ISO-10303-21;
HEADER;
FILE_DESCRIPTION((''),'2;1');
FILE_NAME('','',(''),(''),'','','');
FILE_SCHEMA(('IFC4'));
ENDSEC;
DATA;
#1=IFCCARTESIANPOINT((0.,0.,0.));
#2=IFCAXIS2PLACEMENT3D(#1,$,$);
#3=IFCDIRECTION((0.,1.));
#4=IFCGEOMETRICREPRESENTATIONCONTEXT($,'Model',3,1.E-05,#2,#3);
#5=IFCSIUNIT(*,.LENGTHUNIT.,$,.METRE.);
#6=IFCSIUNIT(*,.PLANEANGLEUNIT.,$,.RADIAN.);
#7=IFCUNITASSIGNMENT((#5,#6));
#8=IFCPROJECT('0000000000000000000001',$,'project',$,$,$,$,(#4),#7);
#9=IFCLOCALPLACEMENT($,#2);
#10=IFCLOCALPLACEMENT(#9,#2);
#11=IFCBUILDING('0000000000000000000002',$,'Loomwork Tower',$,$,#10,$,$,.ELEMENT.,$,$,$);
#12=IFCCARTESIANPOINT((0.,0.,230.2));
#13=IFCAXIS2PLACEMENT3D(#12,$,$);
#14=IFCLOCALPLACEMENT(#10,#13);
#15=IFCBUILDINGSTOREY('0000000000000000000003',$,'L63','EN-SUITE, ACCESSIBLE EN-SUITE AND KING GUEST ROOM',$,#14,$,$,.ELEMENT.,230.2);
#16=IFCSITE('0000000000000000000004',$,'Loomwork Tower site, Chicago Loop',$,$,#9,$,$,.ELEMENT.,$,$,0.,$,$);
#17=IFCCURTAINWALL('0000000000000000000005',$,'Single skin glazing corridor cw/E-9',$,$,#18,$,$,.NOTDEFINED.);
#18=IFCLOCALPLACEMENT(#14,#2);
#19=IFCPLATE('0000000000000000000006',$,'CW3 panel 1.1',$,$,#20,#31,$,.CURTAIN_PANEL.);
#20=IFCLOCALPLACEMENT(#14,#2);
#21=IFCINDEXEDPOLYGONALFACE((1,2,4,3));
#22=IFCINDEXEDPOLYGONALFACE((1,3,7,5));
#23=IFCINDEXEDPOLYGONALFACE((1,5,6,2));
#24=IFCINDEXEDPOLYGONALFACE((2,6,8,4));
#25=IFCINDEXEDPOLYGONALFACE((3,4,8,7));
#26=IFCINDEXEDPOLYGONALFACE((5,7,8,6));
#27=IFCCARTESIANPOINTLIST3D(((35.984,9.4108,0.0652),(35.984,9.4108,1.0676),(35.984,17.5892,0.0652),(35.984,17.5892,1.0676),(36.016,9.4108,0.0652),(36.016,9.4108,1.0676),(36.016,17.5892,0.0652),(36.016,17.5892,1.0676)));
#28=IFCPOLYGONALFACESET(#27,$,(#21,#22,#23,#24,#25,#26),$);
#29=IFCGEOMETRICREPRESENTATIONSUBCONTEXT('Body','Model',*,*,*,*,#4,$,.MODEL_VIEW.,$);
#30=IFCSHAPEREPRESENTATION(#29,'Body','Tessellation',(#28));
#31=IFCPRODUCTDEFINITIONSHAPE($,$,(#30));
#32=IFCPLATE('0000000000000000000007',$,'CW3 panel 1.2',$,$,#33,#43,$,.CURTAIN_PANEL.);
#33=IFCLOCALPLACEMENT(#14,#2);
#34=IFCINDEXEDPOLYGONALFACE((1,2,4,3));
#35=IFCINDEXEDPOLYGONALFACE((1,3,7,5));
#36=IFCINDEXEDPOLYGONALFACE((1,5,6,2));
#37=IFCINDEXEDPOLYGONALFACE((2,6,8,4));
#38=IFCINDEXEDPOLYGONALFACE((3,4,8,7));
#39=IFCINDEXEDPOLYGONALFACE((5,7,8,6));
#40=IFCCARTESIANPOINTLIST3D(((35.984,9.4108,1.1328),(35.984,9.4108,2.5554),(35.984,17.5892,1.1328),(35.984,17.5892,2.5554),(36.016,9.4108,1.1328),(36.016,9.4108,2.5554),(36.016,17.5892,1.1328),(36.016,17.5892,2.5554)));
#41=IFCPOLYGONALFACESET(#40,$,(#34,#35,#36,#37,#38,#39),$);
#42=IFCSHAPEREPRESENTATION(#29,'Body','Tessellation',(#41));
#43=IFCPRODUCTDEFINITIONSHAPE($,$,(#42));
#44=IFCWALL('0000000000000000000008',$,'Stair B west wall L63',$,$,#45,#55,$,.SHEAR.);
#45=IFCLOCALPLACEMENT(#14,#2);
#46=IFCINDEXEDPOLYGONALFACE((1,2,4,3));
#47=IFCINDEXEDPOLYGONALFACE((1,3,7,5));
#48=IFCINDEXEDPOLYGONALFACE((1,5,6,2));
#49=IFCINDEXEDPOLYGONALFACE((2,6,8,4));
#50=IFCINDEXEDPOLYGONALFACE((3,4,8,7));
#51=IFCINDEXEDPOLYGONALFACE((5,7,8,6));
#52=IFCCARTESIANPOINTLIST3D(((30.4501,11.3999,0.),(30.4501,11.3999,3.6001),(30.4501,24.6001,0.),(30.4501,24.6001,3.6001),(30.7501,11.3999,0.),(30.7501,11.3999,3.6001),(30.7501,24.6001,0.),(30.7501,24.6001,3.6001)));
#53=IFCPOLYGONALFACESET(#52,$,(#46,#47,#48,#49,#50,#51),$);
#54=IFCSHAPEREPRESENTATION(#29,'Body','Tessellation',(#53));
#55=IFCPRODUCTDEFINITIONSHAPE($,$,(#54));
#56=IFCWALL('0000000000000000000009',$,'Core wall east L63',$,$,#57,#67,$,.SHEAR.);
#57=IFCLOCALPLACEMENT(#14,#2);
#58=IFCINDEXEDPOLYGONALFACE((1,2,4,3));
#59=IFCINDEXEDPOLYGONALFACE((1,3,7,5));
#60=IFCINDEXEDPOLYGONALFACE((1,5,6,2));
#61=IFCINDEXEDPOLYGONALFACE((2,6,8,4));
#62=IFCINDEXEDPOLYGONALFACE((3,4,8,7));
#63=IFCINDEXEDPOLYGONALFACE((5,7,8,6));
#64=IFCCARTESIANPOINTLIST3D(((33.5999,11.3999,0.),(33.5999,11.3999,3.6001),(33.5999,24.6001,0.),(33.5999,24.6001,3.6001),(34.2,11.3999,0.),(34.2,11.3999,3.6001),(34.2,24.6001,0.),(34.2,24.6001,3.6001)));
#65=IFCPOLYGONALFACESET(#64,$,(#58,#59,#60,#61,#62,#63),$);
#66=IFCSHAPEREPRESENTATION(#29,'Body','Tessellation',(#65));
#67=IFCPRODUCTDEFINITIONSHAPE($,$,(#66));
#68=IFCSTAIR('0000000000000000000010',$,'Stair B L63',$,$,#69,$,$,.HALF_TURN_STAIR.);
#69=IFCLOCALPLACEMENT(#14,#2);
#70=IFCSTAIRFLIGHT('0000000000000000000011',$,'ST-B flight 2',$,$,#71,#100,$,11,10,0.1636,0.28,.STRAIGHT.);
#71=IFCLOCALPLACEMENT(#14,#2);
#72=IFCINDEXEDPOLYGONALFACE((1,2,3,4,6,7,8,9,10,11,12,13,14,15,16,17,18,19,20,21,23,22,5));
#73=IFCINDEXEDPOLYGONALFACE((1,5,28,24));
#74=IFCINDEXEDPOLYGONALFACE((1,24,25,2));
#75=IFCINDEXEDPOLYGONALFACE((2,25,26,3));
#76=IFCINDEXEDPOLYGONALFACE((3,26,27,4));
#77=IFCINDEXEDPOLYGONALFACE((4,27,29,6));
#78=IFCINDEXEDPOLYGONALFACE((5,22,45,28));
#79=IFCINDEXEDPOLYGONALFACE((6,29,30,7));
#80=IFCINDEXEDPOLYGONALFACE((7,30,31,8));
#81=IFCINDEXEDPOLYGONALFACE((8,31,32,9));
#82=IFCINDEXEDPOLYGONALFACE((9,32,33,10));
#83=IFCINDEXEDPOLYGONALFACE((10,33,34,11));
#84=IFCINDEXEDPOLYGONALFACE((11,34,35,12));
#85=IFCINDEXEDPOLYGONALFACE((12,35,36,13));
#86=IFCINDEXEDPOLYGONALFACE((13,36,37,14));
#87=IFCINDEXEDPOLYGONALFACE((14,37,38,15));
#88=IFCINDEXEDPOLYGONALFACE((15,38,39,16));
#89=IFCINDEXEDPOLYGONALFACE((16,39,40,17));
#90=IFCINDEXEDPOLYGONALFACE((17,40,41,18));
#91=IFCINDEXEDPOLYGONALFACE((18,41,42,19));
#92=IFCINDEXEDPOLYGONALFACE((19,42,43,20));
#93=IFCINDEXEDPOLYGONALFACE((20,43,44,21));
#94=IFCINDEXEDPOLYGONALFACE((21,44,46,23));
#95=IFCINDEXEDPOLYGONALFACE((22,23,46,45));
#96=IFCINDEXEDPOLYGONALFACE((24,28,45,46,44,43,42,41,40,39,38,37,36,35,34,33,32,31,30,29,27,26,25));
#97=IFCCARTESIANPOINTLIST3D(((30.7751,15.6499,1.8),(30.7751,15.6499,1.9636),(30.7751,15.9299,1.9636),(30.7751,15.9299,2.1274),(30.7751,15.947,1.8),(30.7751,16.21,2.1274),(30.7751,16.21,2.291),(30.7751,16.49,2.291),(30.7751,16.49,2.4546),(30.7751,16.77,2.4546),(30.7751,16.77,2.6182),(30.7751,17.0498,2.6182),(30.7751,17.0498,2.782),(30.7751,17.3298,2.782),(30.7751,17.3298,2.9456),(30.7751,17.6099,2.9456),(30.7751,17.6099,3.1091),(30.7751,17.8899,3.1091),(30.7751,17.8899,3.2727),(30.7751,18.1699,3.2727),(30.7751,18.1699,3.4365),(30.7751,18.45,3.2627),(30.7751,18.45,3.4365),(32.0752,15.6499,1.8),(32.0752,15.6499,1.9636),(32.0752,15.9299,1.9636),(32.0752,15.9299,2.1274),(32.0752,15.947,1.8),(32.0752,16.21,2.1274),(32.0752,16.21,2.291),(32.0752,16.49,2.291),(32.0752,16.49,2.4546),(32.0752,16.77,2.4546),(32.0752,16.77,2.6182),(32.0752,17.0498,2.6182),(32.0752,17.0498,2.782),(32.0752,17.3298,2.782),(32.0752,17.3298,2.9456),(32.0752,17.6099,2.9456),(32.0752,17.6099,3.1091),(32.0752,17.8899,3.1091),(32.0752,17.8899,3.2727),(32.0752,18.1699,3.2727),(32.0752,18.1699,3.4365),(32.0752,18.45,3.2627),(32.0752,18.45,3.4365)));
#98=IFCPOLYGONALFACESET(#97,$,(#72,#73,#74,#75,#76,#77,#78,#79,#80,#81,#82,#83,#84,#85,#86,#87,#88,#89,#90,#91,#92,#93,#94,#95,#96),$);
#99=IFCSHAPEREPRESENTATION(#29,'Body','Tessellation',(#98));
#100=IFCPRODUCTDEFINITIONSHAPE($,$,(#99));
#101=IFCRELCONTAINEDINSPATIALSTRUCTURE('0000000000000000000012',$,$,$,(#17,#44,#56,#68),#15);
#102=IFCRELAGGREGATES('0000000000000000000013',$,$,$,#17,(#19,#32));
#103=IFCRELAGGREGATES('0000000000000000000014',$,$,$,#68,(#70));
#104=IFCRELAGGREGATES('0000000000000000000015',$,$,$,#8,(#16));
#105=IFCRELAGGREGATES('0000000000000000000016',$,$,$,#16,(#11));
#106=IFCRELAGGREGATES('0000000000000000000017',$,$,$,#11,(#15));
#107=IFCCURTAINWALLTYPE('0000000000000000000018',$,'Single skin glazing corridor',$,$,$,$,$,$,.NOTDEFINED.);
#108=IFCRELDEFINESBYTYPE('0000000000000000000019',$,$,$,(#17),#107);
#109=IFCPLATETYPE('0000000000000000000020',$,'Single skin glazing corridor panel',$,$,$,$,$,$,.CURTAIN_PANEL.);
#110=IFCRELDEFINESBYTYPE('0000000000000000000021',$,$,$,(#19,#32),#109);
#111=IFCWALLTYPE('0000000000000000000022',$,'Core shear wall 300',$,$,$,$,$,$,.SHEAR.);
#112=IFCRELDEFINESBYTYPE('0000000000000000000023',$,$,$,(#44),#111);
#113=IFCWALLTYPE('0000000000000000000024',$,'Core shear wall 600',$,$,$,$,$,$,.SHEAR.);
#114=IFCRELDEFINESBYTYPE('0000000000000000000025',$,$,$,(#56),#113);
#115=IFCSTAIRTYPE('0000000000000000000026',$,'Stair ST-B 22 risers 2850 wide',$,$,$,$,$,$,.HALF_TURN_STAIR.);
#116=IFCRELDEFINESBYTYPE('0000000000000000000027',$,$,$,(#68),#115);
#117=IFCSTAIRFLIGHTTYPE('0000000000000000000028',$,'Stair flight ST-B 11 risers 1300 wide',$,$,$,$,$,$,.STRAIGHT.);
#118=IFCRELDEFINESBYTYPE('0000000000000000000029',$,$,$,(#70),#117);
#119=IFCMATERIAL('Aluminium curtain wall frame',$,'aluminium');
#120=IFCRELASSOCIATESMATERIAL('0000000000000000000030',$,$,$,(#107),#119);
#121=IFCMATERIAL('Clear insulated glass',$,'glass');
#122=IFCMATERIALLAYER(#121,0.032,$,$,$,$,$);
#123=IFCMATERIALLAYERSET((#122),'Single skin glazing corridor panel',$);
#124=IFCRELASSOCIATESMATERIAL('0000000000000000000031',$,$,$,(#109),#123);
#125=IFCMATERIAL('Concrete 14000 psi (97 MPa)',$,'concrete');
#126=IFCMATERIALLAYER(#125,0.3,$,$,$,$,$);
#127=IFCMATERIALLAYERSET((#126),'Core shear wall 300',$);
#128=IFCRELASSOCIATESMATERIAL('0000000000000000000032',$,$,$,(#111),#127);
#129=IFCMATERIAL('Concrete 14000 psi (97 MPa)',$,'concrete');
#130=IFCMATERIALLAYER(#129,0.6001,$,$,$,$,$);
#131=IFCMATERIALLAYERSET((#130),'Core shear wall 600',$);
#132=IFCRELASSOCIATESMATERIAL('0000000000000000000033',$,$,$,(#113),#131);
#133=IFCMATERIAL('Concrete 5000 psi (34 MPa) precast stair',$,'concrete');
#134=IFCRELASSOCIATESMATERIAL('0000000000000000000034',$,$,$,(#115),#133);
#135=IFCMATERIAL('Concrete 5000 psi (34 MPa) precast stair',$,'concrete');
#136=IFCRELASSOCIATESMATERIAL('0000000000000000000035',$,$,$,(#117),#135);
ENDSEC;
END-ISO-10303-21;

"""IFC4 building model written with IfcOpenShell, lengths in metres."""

from ifc_helpers import new_model, si_unit, direction, frame, frame_2d, origin, origin_2d, place, context, subcontext, project, spatial, polyline, rectangle, outline, extrude, material, layer, layer_set, type_object, element, aggregate, save


model = new_model("IFC4")

# Units and contexts
model_context = context("Model", 3, precision=1e-05, world=origin(), true_north=direction((0.0, 1.0)))
body_context = subcontext(model_context, "Body", "Model", "MODEL_VIEW")
ifc_project = project(units=[si_unit("LENGTHUNIT", "METRE"), si_unit("PLANEANGLEUNIT", "RADIAN")], contexts=[model_context])

# Site, building, storey
site_placement = place(None, origin())
site = spatial("IfcSite", under=ifc_project, at=site_placement, Name="Loomwork Tower site, Chicago Loop", CompositionType="ELEMENT", RefElevation=0.0)
building_placement = place(site_placement, origin())
building = spatial("IfcBuilding", under=site, at=building_placement, Name="Loomwork Tower", CompositionType="ELEMENT")
storey_placement = place(building_placement, frame((0.0, 0.0, 230.2)))
storey = spatial("IfcBuildingStorey", under=building, at=storey_placement, Name="L63", Description="EN-SUITE, ACCESSIBLE EN-SUITE AND KING GUEST ROOM", CompositionType="ELEMENT", Elevation=230.2)

# Curtain wall
ifc_material_1 = material(Name="Aluminium curtain wall frame", Category="aluminium")
curtain_wall_type = type_object("IfcCurtainWallType", Name="Single skin glazing corridor", PredefinedType="NOTDEFINED", material=ifc_material_1)
curtain_wall_1_placement = place(storey_placement, origin())
curtain_wall_1 = element("IfcCurtainWall", 1, at=curtain_wall_1_placement, inside=storey, type_object=curtain_wall_type, Name="Single skin glazing corridor cw/E-9", PredefinedType="NOTDEFINED")

# Plates
ifc_material_2 = material(Name="Clear insulated glass", Category="glass")
ifc_layer_1 = layer(ifc_material_2, 0.032)
ifc_layer_set_1 = layer_set([ifc_layer_1], Name="Single skin glazing corridor panel")
plate_type = type_object("IfcPlateType", Name="Single skin glazing corridor panel", PredefinedType="CURTAIN_PANEL", material=ifc_layer_set_1)
plate_1_placement = place(storey_placement, frame((36.0, 13.5, 0.0652), z_axis=(0.0, 0.0, 1.0), x_axis=(0.0, 1.0, 0.0)))
plate_1 = element("IfcPlate", 2, at=plate_1_placement, type_object=plate_type, Name="CW3 panel 1.1", PredefinedType="CURTAIN_PANEL", context=body_context, shape_type="SweptSolid", body=[
    extrude(rectangle(XDim=8.1785, YDim=0.032, at=origin_2d()), origin(), (0.0, 0.0, 1.0), 1.0024),
])
plate_2_placement = place(storey_placement, frame((36.0, 13.5, 1.1328), z_axis=(0.0, 0.0, 1.0), x_axis=(0.0, 1.0, 0.0)))
plate_2 = element("IfcPlate", 3, at=plate_2_placement, type_object=plate_type, Name="CW3 panel 1.2", PredefinedType="CURTAIN_PANEL", context=body_context, shape_type="SweptSolid", body=[
    extrude(rectangle(XDim=8.1785, YDim=0.032, at=origin_2d()), origin(), (0.0, 0.0, 1.0), 1.4226),
])
aggregate(curtain_wall_1, [plate_1, plate_2])

# Walls
ifc_material_3 = material(Name="Concrete 14000 psi (97 MPa)", Category="concrete")
ifc_layer_2 = layer(ifc_material_3, 0.3)
ifc_layer_set_2 = layer_set([ifc_layer_2], Name="Core shear wall 300")
wall_type_1 = type_object("IfcWallType", Name="Core shear wall 300", PredefinedType="SHEAR", material=ifc_layer_set_2)
wall_1_placement = place(storey_placement, frame((30.6001, 11.3999, 0.0), z_axis=(0.0, 0.0, 1.0), x_axis=(0.0, 1.0, 0.0)))
element("IfcWall", 4, at=wall_1_placement, inside=storey, type_object=wall_type_1, Name="Stair B west wall L63", PredefinedType="SHEAR", context=body_context, shape_type="SweptSolid", body=[
    extrude(rectangle(XDim=13.2002, YDim=0.3, at=frame_2d((6.6001, 0.0))), origin(), (0.0, 0.0, 1.0), 3.6001),
])
ifc_material_4 = material(Name="Concrete 14000 psi (97 MPa)", Category="concrete")
ifc_layer_3 = layer(ifc_material_4, 0.6001)
ifc_layer_set_3 = layer_set([ifc_layer_3], Name="Core shear wall 600")
wall_type_2 = type_object("IfcWallType", Name="Core shear wall 600", PredefinedType="SHEAR", material=ifc_layer_set_3)
wall_2_placement = place(storey_placement, frame((33.8999, 11.3999, 0.0), z_axis=(0.0, 0.0, 1.0), x_axis=(0.0, 1.0, 0.0)))
element("IfcWall", 5, at=wall_2_placement, inside=storey, type_object=wall_type_2, Name="Core wall east L63", PredefinedType="SHEAR", context=body_context, shape_type="SweptSolid", body=[
    extrude(rectangle(XDim=13.2002, YDim=0.6001, at=frame_2d((6.6001, 0.0))), origin(), (0.0, 0.0, 1.0), 3.6001),
])

# Stair, stair flight
ifc_material_5 = material(Name="Concrete 5000 psi (34 MPa) precast stair", Category="concrete")
stair_type = type_object("IfcStairType", Name="Stair ST-B 22 risers 2850 wide", PredefinedType="HALF_TURN_STAIR", material=ifc_material_5)
stair_placement = place(storey_placement, origin())
stair = element("IfcStair", 6, at=stair_placement, inside=storey, type_object=stair_type, Name="Stair B L63", PredefinedType="HALF_TURN_STAIR")
ifc_material_6 = material(Name="Concrete 5000 psi (34 MPa) precast stair", Category="concrete")
stair_flight_type = type_object("IfcStairFlightType", Name="Stair flight ST-B 11 risers 1300 wide", PredefinedType="STRAIGHT", material=ifc_material_6)
stair_flight_placement = place(storey_placement, frame((31.425, 15.6499, 1.8), z_axis=(0.0, 0.0, 1.0), x_axis=(0.0, 1.0, 0.0)))
stair_flight = element("IfcStairFlight", 7, at=stair_flight_placement, type_object=stair_flight_type, Name="ST-B flight 2", NumberOfRisers=11, NumberOfTreads=10, PredefinedType="STRAIGHT", RiserHeight=0.1636, TreadLength=0.28, context=body_context, shape_type="SweptSolid", body=[
    extrude(outline(polyline([(0.0, 0.0), (0.0, 0.1636), (0.28, 0.1636), (0.28, 0.3274), (0.5601, 0.3274), (0.5601, 0.491), (0.8401, 0.491), (0.8401, 0.6545), (1.1201, 0.6545), (1.1201, 0.8181), (1.3999, 0.8181), (1.3999, 0.9819), (1.6799, 0.9819), (1.6799, 1.1455), (1.96, 1.1455), (1.96, 1.3091), (2.24, 1.3091), (2.24, 1.4727), (2.52, 1.4727), (2.52, 1.6365), (2.8, 1.6365), (2.8, 1.8), (2.8, 1.4626), (0.2971, 0.0), (0.0, 0.0)])), frame((0.0, 0.6499, 0.0), z_axis=(0.0, -1.0, 0.0), x_axis=(1.0, 0.0, 0.0)), (0.0, 0.0, 1.0), 1.3),
])
aggregate(stair, [stair_flight])

save(model, "model.ifc")
